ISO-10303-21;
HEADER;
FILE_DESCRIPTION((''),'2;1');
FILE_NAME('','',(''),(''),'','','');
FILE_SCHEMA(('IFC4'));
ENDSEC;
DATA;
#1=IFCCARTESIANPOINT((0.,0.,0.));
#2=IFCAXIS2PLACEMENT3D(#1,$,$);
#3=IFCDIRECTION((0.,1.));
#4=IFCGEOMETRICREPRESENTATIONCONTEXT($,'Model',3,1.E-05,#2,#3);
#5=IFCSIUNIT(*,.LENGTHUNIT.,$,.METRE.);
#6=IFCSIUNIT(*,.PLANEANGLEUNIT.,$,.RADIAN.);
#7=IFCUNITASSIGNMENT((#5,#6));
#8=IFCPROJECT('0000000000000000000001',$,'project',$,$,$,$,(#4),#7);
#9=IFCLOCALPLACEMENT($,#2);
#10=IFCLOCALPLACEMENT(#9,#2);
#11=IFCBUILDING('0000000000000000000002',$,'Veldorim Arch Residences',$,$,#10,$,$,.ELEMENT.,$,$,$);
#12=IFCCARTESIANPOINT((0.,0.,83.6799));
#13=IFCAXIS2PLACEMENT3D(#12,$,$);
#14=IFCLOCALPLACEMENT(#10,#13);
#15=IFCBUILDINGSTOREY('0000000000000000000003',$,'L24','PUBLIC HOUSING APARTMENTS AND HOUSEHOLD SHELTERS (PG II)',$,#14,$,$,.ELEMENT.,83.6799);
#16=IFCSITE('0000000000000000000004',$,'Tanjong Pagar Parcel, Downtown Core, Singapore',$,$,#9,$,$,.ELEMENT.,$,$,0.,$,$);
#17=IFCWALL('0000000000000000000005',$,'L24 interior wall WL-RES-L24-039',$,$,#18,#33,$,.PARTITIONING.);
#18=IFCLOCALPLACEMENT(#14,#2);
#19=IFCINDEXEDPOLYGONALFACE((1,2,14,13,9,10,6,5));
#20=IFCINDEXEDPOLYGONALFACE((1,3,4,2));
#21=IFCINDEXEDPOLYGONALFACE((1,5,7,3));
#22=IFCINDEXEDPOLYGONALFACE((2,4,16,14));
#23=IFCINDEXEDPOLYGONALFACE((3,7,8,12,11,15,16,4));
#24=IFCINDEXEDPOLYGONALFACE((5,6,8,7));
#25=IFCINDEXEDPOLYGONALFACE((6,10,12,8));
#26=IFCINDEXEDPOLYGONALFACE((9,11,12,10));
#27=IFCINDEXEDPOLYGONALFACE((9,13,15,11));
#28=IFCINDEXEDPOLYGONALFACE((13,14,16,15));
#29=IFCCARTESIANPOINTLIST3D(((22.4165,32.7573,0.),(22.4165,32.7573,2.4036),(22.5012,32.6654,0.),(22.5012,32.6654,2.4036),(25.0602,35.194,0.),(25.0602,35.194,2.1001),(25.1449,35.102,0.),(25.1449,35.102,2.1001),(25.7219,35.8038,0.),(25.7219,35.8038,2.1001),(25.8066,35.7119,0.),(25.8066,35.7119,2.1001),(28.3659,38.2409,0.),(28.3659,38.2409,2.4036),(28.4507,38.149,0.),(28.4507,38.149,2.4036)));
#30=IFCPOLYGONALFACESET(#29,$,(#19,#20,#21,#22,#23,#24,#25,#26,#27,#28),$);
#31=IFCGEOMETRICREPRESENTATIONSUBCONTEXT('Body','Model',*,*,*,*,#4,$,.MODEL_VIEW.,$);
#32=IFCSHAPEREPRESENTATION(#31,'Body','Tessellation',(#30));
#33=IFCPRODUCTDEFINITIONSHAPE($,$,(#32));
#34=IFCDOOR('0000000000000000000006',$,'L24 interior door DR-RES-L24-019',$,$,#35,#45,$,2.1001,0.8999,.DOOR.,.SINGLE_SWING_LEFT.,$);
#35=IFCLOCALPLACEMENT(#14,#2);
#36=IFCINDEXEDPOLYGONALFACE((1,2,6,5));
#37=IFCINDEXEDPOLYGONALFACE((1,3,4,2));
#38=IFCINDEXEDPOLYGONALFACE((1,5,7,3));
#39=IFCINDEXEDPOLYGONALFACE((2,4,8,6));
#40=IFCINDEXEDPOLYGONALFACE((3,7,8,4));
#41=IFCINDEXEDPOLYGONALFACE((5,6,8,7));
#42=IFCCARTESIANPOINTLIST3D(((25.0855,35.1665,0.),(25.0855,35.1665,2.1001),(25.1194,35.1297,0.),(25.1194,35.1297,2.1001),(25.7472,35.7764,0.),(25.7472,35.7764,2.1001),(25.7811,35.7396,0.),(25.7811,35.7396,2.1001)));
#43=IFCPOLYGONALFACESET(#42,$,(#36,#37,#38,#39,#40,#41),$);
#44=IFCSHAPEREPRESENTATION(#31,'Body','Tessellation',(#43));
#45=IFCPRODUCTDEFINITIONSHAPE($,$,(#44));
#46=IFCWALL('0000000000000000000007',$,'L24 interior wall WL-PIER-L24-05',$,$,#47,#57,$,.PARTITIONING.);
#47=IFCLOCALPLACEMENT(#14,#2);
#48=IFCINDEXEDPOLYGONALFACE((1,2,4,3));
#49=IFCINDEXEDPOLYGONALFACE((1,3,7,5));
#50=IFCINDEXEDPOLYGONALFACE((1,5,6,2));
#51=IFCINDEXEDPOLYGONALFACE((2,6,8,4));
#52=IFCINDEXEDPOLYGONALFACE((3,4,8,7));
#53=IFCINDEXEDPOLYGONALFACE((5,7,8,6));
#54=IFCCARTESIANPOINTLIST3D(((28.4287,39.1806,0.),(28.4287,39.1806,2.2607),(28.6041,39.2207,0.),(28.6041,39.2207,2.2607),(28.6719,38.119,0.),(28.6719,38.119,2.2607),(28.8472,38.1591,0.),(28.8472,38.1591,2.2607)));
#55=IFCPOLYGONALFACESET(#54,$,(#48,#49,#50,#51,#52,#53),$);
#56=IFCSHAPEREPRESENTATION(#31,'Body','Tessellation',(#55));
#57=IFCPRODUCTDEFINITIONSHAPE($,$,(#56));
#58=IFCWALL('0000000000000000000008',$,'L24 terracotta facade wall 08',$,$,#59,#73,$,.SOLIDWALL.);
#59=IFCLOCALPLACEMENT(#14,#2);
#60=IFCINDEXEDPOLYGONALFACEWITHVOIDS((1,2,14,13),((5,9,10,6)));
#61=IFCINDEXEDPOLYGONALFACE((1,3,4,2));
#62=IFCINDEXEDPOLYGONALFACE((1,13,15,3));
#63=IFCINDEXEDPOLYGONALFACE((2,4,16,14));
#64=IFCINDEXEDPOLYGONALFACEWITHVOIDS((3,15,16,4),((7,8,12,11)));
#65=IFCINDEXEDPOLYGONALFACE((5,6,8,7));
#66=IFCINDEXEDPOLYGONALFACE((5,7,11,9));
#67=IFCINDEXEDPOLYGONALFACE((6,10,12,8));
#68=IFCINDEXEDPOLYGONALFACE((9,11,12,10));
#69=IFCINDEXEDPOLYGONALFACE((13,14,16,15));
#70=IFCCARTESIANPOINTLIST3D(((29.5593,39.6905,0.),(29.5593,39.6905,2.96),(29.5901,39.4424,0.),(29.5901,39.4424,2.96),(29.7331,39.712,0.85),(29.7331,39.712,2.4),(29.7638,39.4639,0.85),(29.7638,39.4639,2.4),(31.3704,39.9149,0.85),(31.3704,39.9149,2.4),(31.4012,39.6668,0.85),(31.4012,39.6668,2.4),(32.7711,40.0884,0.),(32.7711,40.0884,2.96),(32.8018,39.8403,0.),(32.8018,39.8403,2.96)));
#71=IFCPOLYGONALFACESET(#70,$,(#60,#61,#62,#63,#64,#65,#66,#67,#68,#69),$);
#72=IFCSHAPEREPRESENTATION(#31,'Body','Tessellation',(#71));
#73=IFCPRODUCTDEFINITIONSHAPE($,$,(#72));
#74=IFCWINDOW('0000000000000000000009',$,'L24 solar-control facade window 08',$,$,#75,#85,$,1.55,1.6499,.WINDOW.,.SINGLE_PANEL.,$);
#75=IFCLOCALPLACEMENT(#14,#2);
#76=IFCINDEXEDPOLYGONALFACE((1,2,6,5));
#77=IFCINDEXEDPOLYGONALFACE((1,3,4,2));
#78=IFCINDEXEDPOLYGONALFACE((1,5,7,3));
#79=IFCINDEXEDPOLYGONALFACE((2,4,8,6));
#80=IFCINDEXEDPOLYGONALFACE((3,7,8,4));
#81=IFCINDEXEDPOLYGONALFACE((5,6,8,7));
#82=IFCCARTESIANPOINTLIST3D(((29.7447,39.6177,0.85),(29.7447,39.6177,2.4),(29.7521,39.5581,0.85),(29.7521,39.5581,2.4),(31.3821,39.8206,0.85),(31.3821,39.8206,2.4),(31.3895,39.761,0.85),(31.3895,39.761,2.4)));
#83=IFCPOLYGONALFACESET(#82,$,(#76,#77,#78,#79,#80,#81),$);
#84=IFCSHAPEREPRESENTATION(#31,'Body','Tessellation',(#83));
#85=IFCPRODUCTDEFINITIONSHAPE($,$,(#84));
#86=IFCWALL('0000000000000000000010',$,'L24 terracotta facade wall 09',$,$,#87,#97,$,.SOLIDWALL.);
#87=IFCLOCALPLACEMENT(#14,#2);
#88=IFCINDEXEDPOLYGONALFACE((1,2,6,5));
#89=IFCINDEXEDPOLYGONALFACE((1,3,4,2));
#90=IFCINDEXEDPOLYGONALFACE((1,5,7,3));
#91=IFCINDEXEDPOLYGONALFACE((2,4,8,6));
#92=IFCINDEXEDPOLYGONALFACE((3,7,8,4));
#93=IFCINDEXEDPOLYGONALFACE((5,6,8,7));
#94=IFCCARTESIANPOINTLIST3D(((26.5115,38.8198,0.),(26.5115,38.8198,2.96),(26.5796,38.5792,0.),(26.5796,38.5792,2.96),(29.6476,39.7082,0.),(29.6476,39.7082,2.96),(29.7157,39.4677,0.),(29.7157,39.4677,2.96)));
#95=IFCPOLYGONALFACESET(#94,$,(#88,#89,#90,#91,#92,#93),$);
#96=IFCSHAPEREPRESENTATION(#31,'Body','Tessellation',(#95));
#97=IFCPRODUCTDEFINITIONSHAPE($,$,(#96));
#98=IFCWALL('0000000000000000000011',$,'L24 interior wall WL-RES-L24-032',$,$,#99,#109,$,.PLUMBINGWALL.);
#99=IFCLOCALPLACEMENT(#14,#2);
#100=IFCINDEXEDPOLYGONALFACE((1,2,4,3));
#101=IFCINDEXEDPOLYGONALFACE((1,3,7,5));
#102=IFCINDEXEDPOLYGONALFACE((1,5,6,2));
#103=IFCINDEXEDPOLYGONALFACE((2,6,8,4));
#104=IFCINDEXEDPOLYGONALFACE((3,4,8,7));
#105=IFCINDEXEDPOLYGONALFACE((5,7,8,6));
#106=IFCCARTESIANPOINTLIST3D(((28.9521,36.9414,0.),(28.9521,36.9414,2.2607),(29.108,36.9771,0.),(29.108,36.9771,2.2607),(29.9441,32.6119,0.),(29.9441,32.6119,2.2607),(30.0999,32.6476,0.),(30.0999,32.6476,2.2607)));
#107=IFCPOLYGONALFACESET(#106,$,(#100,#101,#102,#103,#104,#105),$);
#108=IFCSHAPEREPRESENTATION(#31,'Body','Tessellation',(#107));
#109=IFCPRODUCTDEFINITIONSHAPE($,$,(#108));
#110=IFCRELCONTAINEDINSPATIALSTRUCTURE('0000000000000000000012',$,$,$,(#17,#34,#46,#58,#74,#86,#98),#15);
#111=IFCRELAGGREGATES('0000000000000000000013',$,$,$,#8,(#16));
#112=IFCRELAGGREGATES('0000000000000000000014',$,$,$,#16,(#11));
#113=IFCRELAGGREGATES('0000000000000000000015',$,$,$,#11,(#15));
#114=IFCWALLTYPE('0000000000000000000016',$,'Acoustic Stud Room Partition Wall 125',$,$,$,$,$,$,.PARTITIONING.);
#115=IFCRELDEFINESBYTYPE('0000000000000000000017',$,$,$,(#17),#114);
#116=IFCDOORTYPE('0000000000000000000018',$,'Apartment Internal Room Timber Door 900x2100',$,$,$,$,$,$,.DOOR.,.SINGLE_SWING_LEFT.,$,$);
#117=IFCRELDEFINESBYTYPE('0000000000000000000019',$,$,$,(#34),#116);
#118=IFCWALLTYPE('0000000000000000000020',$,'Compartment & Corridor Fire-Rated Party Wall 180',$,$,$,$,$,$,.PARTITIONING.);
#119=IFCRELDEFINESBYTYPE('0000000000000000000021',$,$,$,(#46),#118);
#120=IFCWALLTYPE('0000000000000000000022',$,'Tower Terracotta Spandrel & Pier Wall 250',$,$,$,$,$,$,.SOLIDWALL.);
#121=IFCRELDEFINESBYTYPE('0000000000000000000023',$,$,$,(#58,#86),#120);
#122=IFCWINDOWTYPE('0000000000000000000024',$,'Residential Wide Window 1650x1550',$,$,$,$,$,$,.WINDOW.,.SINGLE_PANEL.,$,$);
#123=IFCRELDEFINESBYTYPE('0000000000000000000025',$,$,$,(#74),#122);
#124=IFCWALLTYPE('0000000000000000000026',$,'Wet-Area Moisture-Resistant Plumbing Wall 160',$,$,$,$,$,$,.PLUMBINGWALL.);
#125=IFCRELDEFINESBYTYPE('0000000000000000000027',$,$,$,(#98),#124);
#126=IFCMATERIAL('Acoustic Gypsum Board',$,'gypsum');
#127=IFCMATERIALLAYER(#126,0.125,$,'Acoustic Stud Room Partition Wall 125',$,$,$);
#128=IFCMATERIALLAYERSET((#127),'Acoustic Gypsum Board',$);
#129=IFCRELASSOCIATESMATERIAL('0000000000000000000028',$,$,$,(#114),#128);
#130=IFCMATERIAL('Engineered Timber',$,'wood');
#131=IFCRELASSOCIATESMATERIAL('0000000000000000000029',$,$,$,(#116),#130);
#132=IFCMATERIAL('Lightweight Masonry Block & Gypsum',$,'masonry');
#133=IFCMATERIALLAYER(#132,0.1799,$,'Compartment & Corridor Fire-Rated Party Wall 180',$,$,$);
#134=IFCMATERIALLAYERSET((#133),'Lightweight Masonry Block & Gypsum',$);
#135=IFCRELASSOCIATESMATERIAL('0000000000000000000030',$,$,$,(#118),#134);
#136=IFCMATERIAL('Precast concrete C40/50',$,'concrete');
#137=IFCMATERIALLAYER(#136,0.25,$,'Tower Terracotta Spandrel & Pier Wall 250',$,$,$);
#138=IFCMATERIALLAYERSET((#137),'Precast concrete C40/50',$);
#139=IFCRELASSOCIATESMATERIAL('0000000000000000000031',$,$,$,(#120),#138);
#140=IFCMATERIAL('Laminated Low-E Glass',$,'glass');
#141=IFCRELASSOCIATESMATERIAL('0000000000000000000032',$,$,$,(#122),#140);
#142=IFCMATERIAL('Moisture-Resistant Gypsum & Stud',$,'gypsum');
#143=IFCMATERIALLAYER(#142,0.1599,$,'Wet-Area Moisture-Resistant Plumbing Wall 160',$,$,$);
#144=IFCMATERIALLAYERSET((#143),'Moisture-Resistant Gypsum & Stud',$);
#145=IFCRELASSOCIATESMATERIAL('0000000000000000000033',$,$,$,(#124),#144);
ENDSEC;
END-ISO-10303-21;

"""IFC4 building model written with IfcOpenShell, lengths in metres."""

from ifc_helpers import new_model, si_unit, direction, frame, frame_2d, origin, place, context, subcontext, project, spatial, rectangle, extrude, material, layer, layer_set, type_object, element, fill, save


model = new_model("IFC4")

# Units and contexts
model_context = context("Model", 3, precision=1e-05, world=origin(), true_north=direction((0.0, 1.0)))
body_context = subcontext(model_context, "Body", "Model", "MODEL_VIEW")
ifc_project = project(units=[si_unit("LENGTHUNIT", "METRE"), si_unit("PLANEANGLEUNIT", "RADIAN")], contexts=[model_context])

# Site, building, storey
site_placement = place(None, origin())
site = spatial("IfcSite", under=ifc_project, at=site_placement, Name="Tanjong Pagar Parcel, Downtown Core, Singapore", CompositionType="ELEMENT", RefElevation=0.0)
building_placement = place(site_placement, origin())
building = spatial("IfcBuilding", under=site, at=building_placement, Name="Veldorim Arch Residences", CompositionType="ELEMENT")
storey_placement = place(building_placement, frame((0.0, 0.0, 83.6799)))
storey = spatial("IfcBuildingStorey", under=building, at=storey_placement, Name="L24", Description="PUBLIC HOUSING APARTMENTS AND HOUSEHOLD SHELTERS (PG II)", CompositionType="ELEMENT", Elevation=83.6799)

# Wall, opening, door
ifc_material_1 = material(Name="Acoustic Gypsum Board", Category="gypsum")
ifc_layer_1 = layer(ifc_material_1, 0.125, Name="Acoustic Stud Room Partition Wall 125")
ifc_layer_set_1 = layer_set([ifc_layer_1], Name="Acoustic Gypsum Board")
wall_type_1 = type_object("IfcWallType", Name="Acoustic Stud Room Partition Wall 125", PredefinedType="PARTITIONING", material=ifc_layer_set_1)
wall_1_placement = place(storey_placement, frame((28.4082, 38.1948, 0.0), z_axis=(0.0, 0.0, 1.0), x_axis=(-0.735306, -0.677735, 0.0)))
wall_1 = element("IfcWall", 1, at=wall_1_placement, inside=storey, type_object=wall_type_1, Name="L24 interior wall WL-RES-L24-039", PredefinedType="PARTITIONING", context=body_context, shape_type="SweptSolid", body=[
    extrude(rectangle(XDim=8.0911, YDim=0.125, at=frame_2d((4.0454, 0.0))), origin(), (0.0, 0.0, 1.0), 2.4036),
])
opening_1_placement = place(wall_1_placement, frame((3.5957, 0.0, 0.0)))
opening_1 = element("IfcOpeningElement", 2, at=opening_1_placement, cuts=wall_1, PredefinedType="OPENING", context=body_context, shape_type="SweptSolid", body=[
    extrude(rectangle(XDim=0.8999, YDim=2.1001, at=frame_2d((0.45, 1.05))), frame((0.0, 0.0725, 0.0), z_axis=(0.0, -1.0, 0.0), x_axis=(1.0, 0.0, 0.0)), (0.0, 0.0, 1.0), 0.145),
])
ifc_material_2 = material(Name="Engineered Timber", Category="wood")
door_type = type_object("IfcDoorType", Name="Apartment Internal Room Timber Door 900x2100", OperationType="SINGLE_SWING_LEFT", PredefinedType="DOOR", material=ifc_material_2)
door_placement = place(opening_1_placement, origin())
door = element("IfcDoor", 3, at=door_placement, inside=storey, type_object=door_type, Name="L24 interior door DR-RES-L24-019", OperationType="SINGLE_SWING_LEFT", OverallHeight=2.1001, OverallWidth=0.8999, PredefinedType="DOOR", context=body_context, shape_type="SweptSolid", body=[
    extrude(rectangle(XDim=0.8999, YDim=2.1001, at=frame_2d((0.45, 1.05))), frame((0.0, 0.0249, 0.0), z_axis=(0.0, -1.0, 0.0), x_axis=(1.0, 0.0, 0.0)), (0.0, 0.0, 1.0), 0.05),
])
fill(opening_1, door)

# Wall
ifc_material_3 = material(Name="Lightweight Masonry Block & Gypsum", Category="masonry")
ifc_layer_2 = layer(ifc_material_3, 0.1799, Name="Compartment & Corridor Fire-Rated Party Wall 180")
ifc_layer_set_2 = layer_set([ifc_layer_2], Name="Lightweight Masonry Block & Gypsum")
wall_type_2 = type_object("IfcWallType", Name="Compartment & Corridor Fire-Rated Party Wall 180", PredefinedType="PARTITIONING", material=ifc_layer_set_2)
wall_2_placement = place(storey_placement, frame((28.7595, 38.1392, 0.0), z_axis=(0.0, 0.0, 1.0), x_axis=(-0.223287, 0.974753, 0.0)))
element("IfcWall", 4, at=wall_2_placement, inside=storey, type_object=wall_type_2, Name="L24 interior wall WL-PIER-L24-05", PredefinedType="PARTITIONING", context=body_context, shape_type="SweptSolid", body=[
    extrude(rectangle(XDim=1.0891, YDim=0.1799, at=frame_2d((0.5444, 0.0))), origin(), (0.0, 0.0, 1.0), 2.2607),
])

# Wall, opening, window
ifc_material_4 = material(Name="Precast concrete C40/50", Category="concrete")
ifc_layer_3 = layer(ifc_material_4, 0.25, Name="Tower Terracotta Spandrel & Pier Wall 250")
ifc_layer_set_3 = layer_set([ifc_layer_3], Name="Precast concrete C40/50")
wall_type_3 = type_object("IfcWallType", Name="Tower Terracotta Spandrel & Pier Wall 250", PredefinedType="SOLIDWALL", material=ifc_layer_set_3)
wall_3_placement = place(storey_placement, frame((29.5747, 39.5664, 0.0), z_axis=(0.0, 0.0, 1.0), x_axis=(0.992411, 0.122967, 0.0)))
wall_3 = element("IfcWall", 5, at=wall_3_placement, inside=storey, type_object=wall_type_3, Name="L24 terracotta facade wall 08", PredefinedType="SOLIDWALL", context=body_context, shape_type="SweptSolid", body=[
    extrude(rectangle(XDim=3.2363, YDim=0.25, at=frame_2d((1.6182, 0.0))), origin(), (0.0, 0.0, 1.0), 2.96),
])
opening_2_placement = place(wall_3_placement, frame((0.175, 0.0, 0.8501)))
opening_2 = element("IfcOpeningElement", 6, at=opening_2_placement, cuts=wall_3, PredefinedType="OPENING", context=body_context, shape_type="SweptSolid", body=[
    extrude(rectangle(XDim=1.6499, YDim=1.55, at=frame_2d((0.825, 0.7749))), frame((0.0, 0.135, 0.0), z_axis=(0.0, -1.0, 0.0), x_axis=(1.0, 0.0, 0.0)), (0.0, 0.0, 1.0), 0.27),
])
ifc_material_5 = material(Name="Laminated Low-E Glass", Category="glass")
window_type = type_object("IfcWindowType", Name="Residential Wide Window 1650x1550", PartitioningType="SINGLE_PANEL", PredefinedType="WINDOW", material=ifc_material_5)
window_placement = place(opening_2_placement, origin())
window = element("IfcWindow", 7, at=window_placement, inside=storey, type_object=window_type, Name="L24 solar-control facade window 08", OverallHeight=1.55, OverallWidth=1.6499, PartitioningType="SINGLE_PANEL", PredefinedType="WINDOW", context=body_context, shape_type="SweptSolid", body=[
    extrude(rectangle(XDim=1.6499, YDim=1.55, at=frame_2d((0.825, 0.7749))), frame((0.0, 0.03, 0.0), z_axis=(0.0, -1.0, 0.0), x_axis=(1.0, 0.0, 0.0)), (0.0, 0.0, 1.0), 0.0601),
])
fill(opening_2, window)

# Walls
wall_4_placement = place(storey_placement, frame((26.5454, 38.6995, 0.0), z_axis=(0.0, 0.0, 1.0), x_axis=(0.962135, 0.272574, 0.0)))
element("IfcWall", 8, at=wall_4_placement, inside=storey, type_object=wall_type_3, Name="L24 terracotta facade wall 09", PredefinedType="SOLIDWALL", context=body_context, shape_type="SweptSolid", body=[
    extrude(rectangle(XDim=3.2595, YDim=0.25, at=frame_2d((1.6299, 0.0))), origin(), (0.0, 0.0, 1.0), 2.96),
])
ifc_material_6 = material(Name="Moisture-Resistant Gypsum & Stud", Category="gypsum")
ifc_layer_4 = layer(ifc_material_6, 0.1599, Name="Wet-Area Moisture-Resistant Plumbing Wall 160")
ifc_layer_set_4 = layer_set([ifc_layer_4], Name="Moisture-Resistant Gypsum & Stud")
wall_type_4 = type_object("IfcWallType", Name="Wet-Area Moisture-Resistant Plumbing Wall 160", PredefinedType="PLUMBINGWALL", material=ifc_layer_set_4)
wall_5_placement = place(storey_placement, frame((30.022, 32.6299, 0.0), z_axis=(0.0, 0.0, 1.0), x_axis=(-0.223322, 0.974745, 0.0)))
element("IfcWall", 9, at=wall_5_placement, inside=storey, type_object=wall_type_4, Name="L24 interior wall WL-RES-L24-032", PredefinedType="PLUMBINGWALL", context=body_context, shape_type="SweptSolid", body=[
    extrude(rectangle(XDim=4.4417, YDim=0.1599, at=frame_2d((2.2207, 0.0))), origin(), (0.0, 0.0, 1.0), 2.2607),
])

save(model, "model.ifc")
